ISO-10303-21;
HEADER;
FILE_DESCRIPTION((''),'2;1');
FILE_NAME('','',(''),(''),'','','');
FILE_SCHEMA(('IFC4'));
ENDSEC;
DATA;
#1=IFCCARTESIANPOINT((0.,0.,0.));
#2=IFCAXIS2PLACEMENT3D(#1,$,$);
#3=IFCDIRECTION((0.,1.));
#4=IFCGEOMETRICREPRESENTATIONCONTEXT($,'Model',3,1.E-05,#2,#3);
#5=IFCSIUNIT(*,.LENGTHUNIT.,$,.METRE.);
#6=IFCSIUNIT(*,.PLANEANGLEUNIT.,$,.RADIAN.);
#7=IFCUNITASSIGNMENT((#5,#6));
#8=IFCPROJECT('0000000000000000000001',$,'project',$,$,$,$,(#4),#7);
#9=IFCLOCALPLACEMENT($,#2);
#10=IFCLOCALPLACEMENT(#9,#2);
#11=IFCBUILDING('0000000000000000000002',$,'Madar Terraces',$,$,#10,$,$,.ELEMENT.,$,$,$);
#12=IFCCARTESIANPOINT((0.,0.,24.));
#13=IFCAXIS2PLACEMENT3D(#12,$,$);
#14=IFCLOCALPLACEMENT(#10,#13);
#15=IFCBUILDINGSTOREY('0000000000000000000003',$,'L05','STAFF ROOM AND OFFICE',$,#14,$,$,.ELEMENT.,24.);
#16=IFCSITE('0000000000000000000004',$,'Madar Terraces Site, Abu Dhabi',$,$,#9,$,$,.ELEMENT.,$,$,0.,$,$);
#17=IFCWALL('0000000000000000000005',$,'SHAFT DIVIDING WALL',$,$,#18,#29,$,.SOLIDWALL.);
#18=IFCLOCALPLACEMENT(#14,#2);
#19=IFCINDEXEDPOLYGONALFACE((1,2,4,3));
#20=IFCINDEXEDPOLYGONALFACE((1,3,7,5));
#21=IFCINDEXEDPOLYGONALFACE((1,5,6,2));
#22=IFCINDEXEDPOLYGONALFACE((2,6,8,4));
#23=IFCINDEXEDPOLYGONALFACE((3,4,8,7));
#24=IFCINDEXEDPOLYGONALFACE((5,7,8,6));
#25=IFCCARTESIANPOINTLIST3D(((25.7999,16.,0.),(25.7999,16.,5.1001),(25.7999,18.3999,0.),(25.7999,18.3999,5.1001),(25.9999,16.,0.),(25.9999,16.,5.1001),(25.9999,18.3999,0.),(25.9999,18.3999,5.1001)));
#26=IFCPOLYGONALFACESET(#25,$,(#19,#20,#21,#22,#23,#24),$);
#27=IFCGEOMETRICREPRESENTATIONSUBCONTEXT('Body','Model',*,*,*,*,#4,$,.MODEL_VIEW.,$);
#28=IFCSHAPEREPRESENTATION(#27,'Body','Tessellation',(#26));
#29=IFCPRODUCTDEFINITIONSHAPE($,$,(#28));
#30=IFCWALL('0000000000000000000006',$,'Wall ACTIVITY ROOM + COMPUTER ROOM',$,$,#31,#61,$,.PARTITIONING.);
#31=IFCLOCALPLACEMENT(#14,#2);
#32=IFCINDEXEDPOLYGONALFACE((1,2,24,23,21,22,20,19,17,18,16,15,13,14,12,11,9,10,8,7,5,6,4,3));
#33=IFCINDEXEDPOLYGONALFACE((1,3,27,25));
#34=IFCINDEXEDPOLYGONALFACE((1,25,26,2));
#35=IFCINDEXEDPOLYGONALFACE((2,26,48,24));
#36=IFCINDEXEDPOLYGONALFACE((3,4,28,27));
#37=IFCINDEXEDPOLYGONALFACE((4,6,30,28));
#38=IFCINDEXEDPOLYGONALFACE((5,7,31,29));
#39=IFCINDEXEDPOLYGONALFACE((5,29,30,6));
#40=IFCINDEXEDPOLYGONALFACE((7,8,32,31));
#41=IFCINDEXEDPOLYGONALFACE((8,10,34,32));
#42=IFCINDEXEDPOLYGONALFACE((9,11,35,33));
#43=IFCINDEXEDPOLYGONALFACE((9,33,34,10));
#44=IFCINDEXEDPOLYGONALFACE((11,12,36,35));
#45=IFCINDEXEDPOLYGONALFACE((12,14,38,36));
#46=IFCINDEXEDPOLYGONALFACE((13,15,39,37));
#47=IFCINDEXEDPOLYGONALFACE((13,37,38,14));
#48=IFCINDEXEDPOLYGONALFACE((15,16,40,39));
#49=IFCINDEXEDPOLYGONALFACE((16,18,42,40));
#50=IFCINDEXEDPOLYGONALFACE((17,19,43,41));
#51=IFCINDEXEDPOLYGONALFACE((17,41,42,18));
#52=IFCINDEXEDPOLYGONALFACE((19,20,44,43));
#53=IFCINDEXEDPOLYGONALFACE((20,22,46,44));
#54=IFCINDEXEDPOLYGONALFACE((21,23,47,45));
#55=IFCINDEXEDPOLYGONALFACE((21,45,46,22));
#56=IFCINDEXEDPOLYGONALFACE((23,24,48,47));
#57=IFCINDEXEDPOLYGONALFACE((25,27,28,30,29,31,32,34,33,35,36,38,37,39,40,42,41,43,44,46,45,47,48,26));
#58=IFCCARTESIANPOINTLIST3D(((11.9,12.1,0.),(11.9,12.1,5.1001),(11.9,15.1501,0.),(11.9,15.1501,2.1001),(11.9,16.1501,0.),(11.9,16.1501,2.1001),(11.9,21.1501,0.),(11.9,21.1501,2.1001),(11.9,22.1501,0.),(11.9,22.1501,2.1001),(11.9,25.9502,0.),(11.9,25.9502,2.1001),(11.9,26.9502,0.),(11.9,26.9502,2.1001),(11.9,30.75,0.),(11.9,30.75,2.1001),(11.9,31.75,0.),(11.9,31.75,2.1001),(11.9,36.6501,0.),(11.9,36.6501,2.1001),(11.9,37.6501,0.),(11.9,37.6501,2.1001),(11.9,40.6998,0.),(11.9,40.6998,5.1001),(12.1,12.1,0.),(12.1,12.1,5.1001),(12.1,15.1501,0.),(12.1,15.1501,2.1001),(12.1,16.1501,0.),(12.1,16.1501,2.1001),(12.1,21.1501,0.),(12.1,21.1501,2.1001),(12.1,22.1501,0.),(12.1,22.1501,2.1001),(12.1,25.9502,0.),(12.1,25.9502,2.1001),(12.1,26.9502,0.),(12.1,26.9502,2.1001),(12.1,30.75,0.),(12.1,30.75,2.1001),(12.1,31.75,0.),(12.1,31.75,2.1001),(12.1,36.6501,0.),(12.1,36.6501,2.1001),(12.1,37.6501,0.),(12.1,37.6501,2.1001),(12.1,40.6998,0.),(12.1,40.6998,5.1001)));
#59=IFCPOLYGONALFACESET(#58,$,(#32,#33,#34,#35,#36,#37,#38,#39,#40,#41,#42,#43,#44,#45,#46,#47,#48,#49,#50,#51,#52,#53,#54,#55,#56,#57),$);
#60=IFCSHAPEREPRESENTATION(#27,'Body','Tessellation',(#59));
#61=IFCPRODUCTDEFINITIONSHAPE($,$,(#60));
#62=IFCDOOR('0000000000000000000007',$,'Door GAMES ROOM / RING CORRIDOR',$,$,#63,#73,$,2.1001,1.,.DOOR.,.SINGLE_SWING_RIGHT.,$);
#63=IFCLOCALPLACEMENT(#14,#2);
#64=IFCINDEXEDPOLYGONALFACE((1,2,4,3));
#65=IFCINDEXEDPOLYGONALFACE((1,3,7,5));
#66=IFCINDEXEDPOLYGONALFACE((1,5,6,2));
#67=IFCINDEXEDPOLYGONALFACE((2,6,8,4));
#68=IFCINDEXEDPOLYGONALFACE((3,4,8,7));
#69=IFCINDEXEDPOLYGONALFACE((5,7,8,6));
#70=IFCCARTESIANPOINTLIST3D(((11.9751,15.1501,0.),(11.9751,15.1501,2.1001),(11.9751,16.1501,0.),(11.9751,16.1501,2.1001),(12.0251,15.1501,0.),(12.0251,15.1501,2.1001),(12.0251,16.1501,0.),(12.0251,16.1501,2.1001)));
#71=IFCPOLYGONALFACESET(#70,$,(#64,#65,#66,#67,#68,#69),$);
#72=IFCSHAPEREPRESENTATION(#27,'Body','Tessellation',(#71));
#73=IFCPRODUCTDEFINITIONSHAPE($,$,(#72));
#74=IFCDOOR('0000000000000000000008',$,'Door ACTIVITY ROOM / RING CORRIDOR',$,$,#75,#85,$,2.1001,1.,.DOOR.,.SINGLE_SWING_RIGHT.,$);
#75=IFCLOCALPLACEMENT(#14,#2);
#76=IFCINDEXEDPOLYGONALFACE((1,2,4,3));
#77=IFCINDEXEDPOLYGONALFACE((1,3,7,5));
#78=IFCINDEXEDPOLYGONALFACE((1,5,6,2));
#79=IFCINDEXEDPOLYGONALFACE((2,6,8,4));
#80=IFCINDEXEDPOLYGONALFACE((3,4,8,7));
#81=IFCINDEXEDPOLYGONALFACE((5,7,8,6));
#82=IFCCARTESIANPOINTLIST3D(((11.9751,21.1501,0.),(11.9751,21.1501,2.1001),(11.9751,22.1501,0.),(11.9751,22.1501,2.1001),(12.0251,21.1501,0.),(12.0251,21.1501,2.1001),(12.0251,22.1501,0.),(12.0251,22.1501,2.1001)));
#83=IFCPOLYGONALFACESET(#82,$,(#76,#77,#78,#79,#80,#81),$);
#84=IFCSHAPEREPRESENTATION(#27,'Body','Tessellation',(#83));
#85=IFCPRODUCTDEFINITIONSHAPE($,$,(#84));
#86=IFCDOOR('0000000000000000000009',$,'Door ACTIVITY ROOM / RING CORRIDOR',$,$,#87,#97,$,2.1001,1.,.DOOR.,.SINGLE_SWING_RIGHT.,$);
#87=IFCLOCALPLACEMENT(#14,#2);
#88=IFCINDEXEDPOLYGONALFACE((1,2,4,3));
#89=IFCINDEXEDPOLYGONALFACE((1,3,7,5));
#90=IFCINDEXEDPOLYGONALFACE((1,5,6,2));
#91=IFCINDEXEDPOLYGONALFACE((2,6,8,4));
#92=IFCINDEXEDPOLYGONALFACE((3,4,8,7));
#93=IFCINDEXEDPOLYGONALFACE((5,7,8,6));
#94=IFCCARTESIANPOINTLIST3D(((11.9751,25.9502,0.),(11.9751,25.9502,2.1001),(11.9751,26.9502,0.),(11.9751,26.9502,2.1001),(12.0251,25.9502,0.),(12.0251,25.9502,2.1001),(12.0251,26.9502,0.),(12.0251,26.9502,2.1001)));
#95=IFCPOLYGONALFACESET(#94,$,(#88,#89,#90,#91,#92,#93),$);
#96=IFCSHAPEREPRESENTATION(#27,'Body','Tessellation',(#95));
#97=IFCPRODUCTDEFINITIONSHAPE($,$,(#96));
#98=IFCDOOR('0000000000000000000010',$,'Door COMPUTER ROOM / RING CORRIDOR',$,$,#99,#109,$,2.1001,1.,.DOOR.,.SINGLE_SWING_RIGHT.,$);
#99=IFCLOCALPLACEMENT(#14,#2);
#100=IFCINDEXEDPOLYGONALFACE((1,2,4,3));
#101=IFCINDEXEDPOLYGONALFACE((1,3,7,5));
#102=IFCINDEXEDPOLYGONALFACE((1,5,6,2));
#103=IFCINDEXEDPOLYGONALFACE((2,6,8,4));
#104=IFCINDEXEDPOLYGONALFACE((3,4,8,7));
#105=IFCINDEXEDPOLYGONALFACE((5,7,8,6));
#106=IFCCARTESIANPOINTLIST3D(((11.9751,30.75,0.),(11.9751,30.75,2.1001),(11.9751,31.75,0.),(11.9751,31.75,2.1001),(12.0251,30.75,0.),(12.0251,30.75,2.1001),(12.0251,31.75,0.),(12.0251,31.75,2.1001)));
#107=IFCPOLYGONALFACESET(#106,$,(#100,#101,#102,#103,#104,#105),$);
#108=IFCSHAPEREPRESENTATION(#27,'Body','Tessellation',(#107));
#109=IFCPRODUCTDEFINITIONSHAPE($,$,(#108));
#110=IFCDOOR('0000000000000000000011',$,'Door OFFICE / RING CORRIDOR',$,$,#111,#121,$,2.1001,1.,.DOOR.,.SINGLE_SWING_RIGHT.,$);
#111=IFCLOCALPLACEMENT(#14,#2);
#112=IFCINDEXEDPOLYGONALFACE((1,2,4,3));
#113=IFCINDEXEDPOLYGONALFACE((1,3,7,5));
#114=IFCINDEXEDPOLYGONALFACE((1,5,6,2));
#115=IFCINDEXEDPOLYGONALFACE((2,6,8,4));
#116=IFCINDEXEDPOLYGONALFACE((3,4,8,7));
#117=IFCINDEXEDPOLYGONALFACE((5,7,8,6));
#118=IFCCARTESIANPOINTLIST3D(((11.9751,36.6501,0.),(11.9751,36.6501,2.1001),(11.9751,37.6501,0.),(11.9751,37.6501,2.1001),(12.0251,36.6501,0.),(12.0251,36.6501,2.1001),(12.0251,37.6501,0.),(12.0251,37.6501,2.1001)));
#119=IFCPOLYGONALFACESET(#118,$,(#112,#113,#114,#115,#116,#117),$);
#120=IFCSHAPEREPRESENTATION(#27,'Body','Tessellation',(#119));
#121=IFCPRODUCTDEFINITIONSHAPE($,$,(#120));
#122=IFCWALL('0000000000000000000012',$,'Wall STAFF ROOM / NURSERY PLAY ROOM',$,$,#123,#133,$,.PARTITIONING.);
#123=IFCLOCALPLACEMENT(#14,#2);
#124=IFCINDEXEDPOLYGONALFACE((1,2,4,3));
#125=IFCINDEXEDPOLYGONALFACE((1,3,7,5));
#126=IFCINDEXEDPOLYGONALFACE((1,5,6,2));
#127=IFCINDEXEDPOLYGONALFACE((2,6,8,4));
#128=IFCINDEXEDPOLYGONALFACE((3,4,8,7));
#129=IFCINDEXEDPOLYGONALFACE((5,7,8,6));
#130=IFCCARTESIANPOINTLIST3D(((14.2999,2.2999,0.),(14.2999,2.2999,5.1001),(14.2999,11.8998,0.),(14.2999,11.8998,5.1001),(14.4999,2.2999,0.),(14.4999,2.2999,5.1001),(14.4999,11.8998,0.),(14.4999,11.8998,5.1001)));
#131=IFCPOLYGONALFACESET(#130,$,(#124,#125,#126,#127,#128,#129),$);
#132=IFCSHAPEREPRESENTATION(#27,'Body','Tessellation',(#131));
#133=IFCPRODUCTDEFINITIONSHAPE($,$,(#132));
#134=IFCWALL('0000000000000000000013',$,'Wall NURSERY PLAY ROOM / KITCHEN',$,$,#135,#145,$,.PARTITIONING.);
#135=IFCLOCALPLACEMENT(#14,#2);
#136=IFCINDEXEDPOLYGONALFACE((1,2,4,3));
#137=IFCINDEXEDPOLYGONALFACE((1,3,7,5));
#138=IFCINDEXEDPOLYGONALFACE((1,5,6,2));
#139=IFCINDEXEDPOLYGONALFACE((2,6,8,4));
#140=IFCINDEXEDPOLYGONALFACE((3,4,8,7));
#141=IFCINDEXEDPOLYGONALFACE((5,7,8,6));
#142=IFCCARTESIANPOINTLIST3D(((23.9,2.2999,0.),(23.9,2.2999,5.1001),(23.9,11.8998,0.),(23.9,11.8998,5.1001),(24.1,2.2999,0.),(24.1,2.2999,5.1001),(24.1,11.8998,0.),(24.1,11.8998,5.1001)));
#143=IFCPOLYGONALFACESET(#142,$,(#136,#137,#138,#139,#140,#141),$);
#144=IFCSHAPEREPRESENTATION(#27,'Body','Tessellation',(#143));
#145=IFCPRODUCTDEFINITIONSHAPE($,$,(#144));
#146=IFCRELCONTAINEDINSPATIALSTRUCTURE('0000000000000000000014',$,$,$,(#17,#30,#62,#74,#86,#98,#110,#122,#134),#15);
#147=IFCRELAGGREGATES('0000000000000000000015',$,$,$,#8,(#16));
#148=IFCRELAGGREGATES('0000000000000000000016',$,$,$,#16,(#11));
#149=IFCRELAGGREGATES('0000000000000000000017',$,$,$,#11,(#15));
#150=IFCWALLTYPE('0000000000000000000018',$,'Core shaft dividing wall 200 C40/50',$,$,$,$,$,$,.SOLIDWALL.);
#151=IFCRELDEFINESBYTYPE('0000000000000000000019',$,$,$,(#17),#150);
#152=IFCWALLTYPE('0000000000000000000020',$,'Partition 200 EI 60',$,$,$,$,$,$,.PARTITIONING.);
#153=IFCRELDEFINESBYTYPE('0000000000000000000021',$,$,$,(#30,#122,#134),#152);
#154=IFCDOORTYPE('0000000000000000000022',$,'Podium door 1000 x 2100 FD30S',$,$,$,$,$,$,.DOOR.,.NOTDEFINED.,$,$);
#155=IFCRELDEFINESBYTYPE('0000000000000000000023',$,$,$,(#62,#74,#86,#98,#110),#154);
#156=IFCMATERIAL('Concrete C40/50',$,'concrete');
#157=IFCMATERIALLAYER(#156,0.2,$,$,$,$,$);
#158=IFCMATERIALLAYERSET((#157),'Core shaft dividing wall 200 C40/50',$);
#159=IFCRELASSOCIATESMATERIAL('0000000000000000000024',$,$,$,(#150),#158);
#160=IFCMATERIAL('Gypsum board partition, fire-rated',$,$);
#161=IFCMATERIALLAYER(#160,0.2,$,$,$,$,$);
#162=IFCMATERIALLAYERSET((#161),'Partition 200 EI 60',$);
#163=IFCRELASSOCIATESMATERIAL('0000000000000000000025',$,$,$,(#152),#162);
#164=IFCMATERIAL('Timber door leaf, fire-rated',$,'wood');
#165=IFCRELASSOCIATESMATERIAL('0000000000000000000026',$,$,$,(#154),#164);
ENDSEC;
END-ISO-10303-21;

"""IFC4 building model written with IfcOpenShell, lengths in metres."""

from ifc_helpers import new_model, si_unit, direction, frame, frame_2d, origin, place, context, subcontext, project, spatial, rectangle, extrude, material, layer, layer_set, type_object, element, fill, save


model = new_model("IFC4")

# Units and contexts
model_context = context("Model", 3, precision=1e-05, world=origin(), true_north=direction((0.0, 1.0)))
body_context = subcontext(model_context, "Body", "Model", "MODEL_VIEW")
ifc_project = project(units=[si_unit("LENGTHUNIT", "METRE"), si_unit("PLANEANGLEUNIT", "RADIAN")], contexts=[model_context])

# Site, building, storey
site_placement = place(None, origin())
site = spatial("IfcSite", under=ifc_project, at=site_placement, Name="Madar Terraces Site, Abu Dhabi", CompositionType="ELEMENT", RefElevation=0.0)
building_placement = place(site_placement, origin())
building = spatial("IfcBuilding", under=site, at=building_placement, Name="Madar Terraces", CompositionType="ELEMENT")
storey_placement = place(building_placement, frame((0.0, 0.0, 24.0)))
storey = spatial("IfcBuildingStorey", under=building, at=storey_placement, Name="L05", Description="STAFF ROOM AND OFFICE", CompositionType="ELEMENT", Elevation=24.0)

# Wall
ifc_material_1 = material(Name="Concrete C40/50", Category="concrete")
ifc_layer_1 = layer(ifc_material_1, 0.2)
ifc_layer_set_1 = layer_set([ifc_layer_1], Name="Core shaft dividing wall 200 C40/50")
wall_type_1 = type_object("IfcWallType", Name="Core shaft dividing wall 200 C40/50", PredefinedType="SOLIDWALL", material=ifc_layer_set_1)
wall_1_placement = place(storey_placement, frame((25.8999, 16.0, 0.0), z_axis=(0.0, 0.0, 1.0), x_axis=(0.0, 1.0, 0.0)))
element("IfcWall", 1, at=wall_1_placement, inside=storey, type_object=wall_type_1, Name="SHAFT DIVIDING WALL", PredefinedType="SOLIDWALL", context=body_context, shape_type="SweptSolid", body=[
    extrude(rectangle(XDim=2.3999, YDim=0.2, at=frame_2d((1.2, 0.0))), origin(), (0.0, 0.0, 1.0), 5.1001),
])

# Wall, openings, doors
ifc_material_2 = material(Name="Gypsum board partition, fire-rated")
ifc_layer_2 = layer(ifc_material_2, 0.2)
ifc_layer_set_2 = layer_set([ifc_layer_2], Name="Partition 200 EI 60")
wall_type_2 = type_object("IfcWallType", Name="Partition 200 EI 60", PredefinedType="PARTITIONING", material=ifc_layer_set_2)
wall_2_placement = place(storey_placement, frame((12.0, 12.1001, 0.0), z_axis=(0.0, 0.0, 1.0), x_axis=(0.0, 1.0, 0.0)))
wall_2 = element("IfcWall", 2, at=wall_2_placement, inside=storey, type_object=wall_type_2, Name="Wall ACTIVITY ROOM + COMPUTER ROOM", PredefinedType="PARTITIONING", context=body_context, shape_type="SweptSolid", body=[
    extrude(rectangle(XDim=28.5999, YDim=0.2, at=frame_2d((14.2998, 0.0))), origin(), (0.0, 0.0, 1.0), 5.1001),
])
opening_1_placement = place(wall_2_placement, frame((3.05, 0.0, 0.0)))
opening_1 = element("IfcOpeningElement", 3, at=opening_1_placement, cuts=wall_2, PredefinedType="OPENING", context=body_context, shape_type="SweptSolid", body=[
    extrude(rectangle(XDim=1.0, YDim=2.1001, at=frame_2d((0.5, 1.05))), frame((0.0, 0.1099, 0.0), z_axis=(0.0, -1.0, 0.0), x_axis=(1.0, 0.0, 0.0)), (0.0, 0.0, 1.0), 0.22),
])
opening_2_placement = place(wall_2_placement, frame((9.05, 0.0, 0.0)))
opening_2 = element("IfcOpeningElement", 4, at=opening_2_placement, cuts=wall_2, PredefinedType="OPENING", context=body_context, shape_type="SweptSolid", body=[
    extrude(rectangle(XDim=1.0, YDim=2.1001, at=frame_2d((0.5, 1.05))), frame((0.0, 0.1099, 0.0), z_axis=(0.0, -1.0, 0.0), x_axis=(1.0, 0.0, 0.0)), (0.0, 0.0, 1.0), 0.22),
])
opening_3_placement = place(wall_2_placement, frame((13.8501, 0.0, 0.0)))
opening_3 = element("IfcOpeningElement", 5, at=opening_3_placement, cuts=wall_2, PredefinedType="OPENING", context=body_context, shape_type="SweptSolid", body=[
    extrude(rectangle(XDim=1.0, YDim=2.1001, at=frame_2d((0.5, 1.05))), frame((0.0, 0.1099, 0.0), z_axis=(0.0, -1.0, 0.0), x_axis=(1.0, 0.0, 0.0)), (0.0, 0.0, 1.0), 0.22),
])
opening_4_placement = place(wall_2_placement, frame((18.6499, 0.0, 0.0)))
opening_4 = element("IfcOpeningElement", 6, at=opening_4_placement, cuts=wall_2, PredefinedType="OPENING", context=body_context, shape_type="SweptSolid", body=[
    extrude(rectangle(XDim=1.0, YDim=2.1001, at=frame_2d((0.5, 1.05))), frame((0.0, 0.1099, 0.0), z_axis=(0.0, -1.0, 0.0), x_axis=(1.0, 0.0, 0.0)), (0.0, 0.0, 1.0), 0.22),
])
opening_5_placement = place(wall_2_placement, frame((24.55, 0.0, 0.0)))
opening_5 = element("IfcOpeningElement", 7, at=opening_5_placement, cuts=wall_2, PredefinedType="OPENING", context=body_context, shape_type="SweptSolid", body=[
    extrude(rectangle(XDim=1.0, YDim=2.1001, at=frame_2d((0.5, 1.05))), frame((0.0, 0.1099, 0.0), z_axis=(0.0, -1.0, 0.0), x_axis=(1.0, 0.0, 0.0)), (0.0, 0.0, 1.0), 0.22),
])
ifc_material_3 = material(Name="Timber door leaf, fire-rated", Category="wood")
door_type_1 = type_object("IfcDoorType", Name="Podium door 1000 x 2100 FD30S", OperationType="NOTDEFINED", PredefinedType="DOOR", material=ifc_material_3)
door_1_placement = place(opening_1_placement, origin())
door_1 = element("IfcDoor", 8, at=door_1_placement, inside=storey, type_object=door_type_1, Name="Door GAMES ROOM / RING CORRIDOR", OperationType="SINGLE_SWING_RIGHT", OverallHeight=2.1001, OverallWidth=1.0, PredefinedType="DOOR", context=body_context, shape_type="SweptSolid", body=[
    extrude(rectangle(XDim=1.0, YDim=2.1001, at=frame_2d((0.5, 1.05))), frame((0.0, 0.0249, 0.0), z_axis=(0.0, -1.0, 0.0), x_axis=(1.0, 0.0, 0.0)), (0.0, 0.0, 1.0), 0.05),
])
fill(opening_1, door_1)
door_2_placement = place(opening_2_placement, origin())
door_2 = element("IfcDoor", 9, at=door_2_placement, inside=storey, type_object=door_type_1, Name="Door ACTIVITY ROOM / RING CORRIDOR", OperationType="SINGLE_SWING_RIGHT", OverallHeight=2.1001, OverallWidth=1.0, PredefinedType="DOOR", context=body_context, shape_type="SweptSolid", body=[
    extrude(rectangle(XDim=1.0, YDim=2.1001, at=frame_2d((0.5, 1.05))), frame((0.0, 0.0249, 0.0), z_axis=(0.0, -1.0, 0.0), x_axis=(1.0, 0.0, 0.0)), (0.0, 0.0, 1.0), 0.05),
])
fill(opening_2, door_2)
door_3_placement = place(opening_3_placement, origin())
door_3 = element("IfcDoor", 10, at=door_3_placement, inside=storey, type_object=door_type_1, Name="Door ACTIVITY ROOM / RING CORRIDOR", OperationType="SINGLE_SWING_RIGHT", OverallHeight=2.1001, OverallWidth=1.0, PredefinedType="DOOR", context=body_context, shape_type="SweptSolid", body=[
    extrude(rectangle(XDim=1.0, YDim=2.1001, at=frame_2d((0.5, 1.05))), frame((0.0, 0.0249, 0.0), z_axis=(0.0, -1.0, 0.0), x_axis=(1.0, 0.0, 0.0)), (0.0, 0.0, 1.0), 0.05),
])
fill(opening_3, door_3)
door_4_placement = place(opening_4_placement, origin())
door_4 = element("IfcDoor", 11, at=door_4_placement, inside=storey, type_object=door_type_1, Name="Door COMPUTER ROOM / RING CORRIDOR", OperationType="SINGLE_SWING_RIGHT", OverallHeight=2.1001, OverallWidth=1.0, PredefinedType="DOOR", context=body_context, shape_type="SweptSolid", body=[
    extrude(rectangle(XDim=1.0, YDim=2.1001, at=frame_2d((0.5, 1.05))), frame((0.0, 0.0249, 0.0), z_axis=(0.0, -1.0, 0.0), x_axis=(1.0, 0.0, 0.0)), (0.0, 0.0, 1.0), 0.05),
])
fill(opening_4, door_4)
door_5_placement = place(opening_5_placement, origin())
door_5 = element("IfcDoor", 12, at=door_5_placement, inside=storey, type_object=door_type_1, Name="Door OFFICE / RING CORRIDOR", OperationType="SINGLE_SWING_RIGHT", OverallHeight=2.1001, OverallWidth=1.0, PredefinedType="DOOR", context=body_context, shape_type="SweptSolid", body=[
    extrude(rectangle(XDim=1.0, YDim=2.1001, at=frame_2d((0.5, 1.05))), frame((0.0, 0.0249, 0.0), z_axis=(0.0, -1.0, 0.0), x_axis=(1.0, 0.0, 0.0)), (0.0, 0.0, 1.0), 0.05),
])
fill(opening_5, door_5)

# Walls
for number, where, z_axis, x_axis, name in (
    (13, (14.3999, 2.3, 0.0), (0.0, 0.0, 1.0), (0.0, 1.0, 0.0), "Wall STAFF ROOM / NURSERY PLAY ROOM"),
    (14, (24.0, 2.3, 0.0), (0.0, 0.0, 1.0), (0.0, 1.0, 0.0), "Wall NURSERY PLAY ROOM / KITCHEN"),
):
    element("IfcWall", number, at=place(storey_placement, frame(where, z_axis=z_axis, x_axis=x_axis)), inside=storey, type_object=wall_type_2, Name=name, PredefinedType="PARTITIONING", context=body_context, shape_type="SweptSolid", body=[
        extrude(rectangle(XDim=9.5999, YDim=0.2, at=frame_2d((4.7998, 0.0))), origin(), (0.0, 0.0, 1.0), 5.1001),
    ])

save(model, "model.ifc")
